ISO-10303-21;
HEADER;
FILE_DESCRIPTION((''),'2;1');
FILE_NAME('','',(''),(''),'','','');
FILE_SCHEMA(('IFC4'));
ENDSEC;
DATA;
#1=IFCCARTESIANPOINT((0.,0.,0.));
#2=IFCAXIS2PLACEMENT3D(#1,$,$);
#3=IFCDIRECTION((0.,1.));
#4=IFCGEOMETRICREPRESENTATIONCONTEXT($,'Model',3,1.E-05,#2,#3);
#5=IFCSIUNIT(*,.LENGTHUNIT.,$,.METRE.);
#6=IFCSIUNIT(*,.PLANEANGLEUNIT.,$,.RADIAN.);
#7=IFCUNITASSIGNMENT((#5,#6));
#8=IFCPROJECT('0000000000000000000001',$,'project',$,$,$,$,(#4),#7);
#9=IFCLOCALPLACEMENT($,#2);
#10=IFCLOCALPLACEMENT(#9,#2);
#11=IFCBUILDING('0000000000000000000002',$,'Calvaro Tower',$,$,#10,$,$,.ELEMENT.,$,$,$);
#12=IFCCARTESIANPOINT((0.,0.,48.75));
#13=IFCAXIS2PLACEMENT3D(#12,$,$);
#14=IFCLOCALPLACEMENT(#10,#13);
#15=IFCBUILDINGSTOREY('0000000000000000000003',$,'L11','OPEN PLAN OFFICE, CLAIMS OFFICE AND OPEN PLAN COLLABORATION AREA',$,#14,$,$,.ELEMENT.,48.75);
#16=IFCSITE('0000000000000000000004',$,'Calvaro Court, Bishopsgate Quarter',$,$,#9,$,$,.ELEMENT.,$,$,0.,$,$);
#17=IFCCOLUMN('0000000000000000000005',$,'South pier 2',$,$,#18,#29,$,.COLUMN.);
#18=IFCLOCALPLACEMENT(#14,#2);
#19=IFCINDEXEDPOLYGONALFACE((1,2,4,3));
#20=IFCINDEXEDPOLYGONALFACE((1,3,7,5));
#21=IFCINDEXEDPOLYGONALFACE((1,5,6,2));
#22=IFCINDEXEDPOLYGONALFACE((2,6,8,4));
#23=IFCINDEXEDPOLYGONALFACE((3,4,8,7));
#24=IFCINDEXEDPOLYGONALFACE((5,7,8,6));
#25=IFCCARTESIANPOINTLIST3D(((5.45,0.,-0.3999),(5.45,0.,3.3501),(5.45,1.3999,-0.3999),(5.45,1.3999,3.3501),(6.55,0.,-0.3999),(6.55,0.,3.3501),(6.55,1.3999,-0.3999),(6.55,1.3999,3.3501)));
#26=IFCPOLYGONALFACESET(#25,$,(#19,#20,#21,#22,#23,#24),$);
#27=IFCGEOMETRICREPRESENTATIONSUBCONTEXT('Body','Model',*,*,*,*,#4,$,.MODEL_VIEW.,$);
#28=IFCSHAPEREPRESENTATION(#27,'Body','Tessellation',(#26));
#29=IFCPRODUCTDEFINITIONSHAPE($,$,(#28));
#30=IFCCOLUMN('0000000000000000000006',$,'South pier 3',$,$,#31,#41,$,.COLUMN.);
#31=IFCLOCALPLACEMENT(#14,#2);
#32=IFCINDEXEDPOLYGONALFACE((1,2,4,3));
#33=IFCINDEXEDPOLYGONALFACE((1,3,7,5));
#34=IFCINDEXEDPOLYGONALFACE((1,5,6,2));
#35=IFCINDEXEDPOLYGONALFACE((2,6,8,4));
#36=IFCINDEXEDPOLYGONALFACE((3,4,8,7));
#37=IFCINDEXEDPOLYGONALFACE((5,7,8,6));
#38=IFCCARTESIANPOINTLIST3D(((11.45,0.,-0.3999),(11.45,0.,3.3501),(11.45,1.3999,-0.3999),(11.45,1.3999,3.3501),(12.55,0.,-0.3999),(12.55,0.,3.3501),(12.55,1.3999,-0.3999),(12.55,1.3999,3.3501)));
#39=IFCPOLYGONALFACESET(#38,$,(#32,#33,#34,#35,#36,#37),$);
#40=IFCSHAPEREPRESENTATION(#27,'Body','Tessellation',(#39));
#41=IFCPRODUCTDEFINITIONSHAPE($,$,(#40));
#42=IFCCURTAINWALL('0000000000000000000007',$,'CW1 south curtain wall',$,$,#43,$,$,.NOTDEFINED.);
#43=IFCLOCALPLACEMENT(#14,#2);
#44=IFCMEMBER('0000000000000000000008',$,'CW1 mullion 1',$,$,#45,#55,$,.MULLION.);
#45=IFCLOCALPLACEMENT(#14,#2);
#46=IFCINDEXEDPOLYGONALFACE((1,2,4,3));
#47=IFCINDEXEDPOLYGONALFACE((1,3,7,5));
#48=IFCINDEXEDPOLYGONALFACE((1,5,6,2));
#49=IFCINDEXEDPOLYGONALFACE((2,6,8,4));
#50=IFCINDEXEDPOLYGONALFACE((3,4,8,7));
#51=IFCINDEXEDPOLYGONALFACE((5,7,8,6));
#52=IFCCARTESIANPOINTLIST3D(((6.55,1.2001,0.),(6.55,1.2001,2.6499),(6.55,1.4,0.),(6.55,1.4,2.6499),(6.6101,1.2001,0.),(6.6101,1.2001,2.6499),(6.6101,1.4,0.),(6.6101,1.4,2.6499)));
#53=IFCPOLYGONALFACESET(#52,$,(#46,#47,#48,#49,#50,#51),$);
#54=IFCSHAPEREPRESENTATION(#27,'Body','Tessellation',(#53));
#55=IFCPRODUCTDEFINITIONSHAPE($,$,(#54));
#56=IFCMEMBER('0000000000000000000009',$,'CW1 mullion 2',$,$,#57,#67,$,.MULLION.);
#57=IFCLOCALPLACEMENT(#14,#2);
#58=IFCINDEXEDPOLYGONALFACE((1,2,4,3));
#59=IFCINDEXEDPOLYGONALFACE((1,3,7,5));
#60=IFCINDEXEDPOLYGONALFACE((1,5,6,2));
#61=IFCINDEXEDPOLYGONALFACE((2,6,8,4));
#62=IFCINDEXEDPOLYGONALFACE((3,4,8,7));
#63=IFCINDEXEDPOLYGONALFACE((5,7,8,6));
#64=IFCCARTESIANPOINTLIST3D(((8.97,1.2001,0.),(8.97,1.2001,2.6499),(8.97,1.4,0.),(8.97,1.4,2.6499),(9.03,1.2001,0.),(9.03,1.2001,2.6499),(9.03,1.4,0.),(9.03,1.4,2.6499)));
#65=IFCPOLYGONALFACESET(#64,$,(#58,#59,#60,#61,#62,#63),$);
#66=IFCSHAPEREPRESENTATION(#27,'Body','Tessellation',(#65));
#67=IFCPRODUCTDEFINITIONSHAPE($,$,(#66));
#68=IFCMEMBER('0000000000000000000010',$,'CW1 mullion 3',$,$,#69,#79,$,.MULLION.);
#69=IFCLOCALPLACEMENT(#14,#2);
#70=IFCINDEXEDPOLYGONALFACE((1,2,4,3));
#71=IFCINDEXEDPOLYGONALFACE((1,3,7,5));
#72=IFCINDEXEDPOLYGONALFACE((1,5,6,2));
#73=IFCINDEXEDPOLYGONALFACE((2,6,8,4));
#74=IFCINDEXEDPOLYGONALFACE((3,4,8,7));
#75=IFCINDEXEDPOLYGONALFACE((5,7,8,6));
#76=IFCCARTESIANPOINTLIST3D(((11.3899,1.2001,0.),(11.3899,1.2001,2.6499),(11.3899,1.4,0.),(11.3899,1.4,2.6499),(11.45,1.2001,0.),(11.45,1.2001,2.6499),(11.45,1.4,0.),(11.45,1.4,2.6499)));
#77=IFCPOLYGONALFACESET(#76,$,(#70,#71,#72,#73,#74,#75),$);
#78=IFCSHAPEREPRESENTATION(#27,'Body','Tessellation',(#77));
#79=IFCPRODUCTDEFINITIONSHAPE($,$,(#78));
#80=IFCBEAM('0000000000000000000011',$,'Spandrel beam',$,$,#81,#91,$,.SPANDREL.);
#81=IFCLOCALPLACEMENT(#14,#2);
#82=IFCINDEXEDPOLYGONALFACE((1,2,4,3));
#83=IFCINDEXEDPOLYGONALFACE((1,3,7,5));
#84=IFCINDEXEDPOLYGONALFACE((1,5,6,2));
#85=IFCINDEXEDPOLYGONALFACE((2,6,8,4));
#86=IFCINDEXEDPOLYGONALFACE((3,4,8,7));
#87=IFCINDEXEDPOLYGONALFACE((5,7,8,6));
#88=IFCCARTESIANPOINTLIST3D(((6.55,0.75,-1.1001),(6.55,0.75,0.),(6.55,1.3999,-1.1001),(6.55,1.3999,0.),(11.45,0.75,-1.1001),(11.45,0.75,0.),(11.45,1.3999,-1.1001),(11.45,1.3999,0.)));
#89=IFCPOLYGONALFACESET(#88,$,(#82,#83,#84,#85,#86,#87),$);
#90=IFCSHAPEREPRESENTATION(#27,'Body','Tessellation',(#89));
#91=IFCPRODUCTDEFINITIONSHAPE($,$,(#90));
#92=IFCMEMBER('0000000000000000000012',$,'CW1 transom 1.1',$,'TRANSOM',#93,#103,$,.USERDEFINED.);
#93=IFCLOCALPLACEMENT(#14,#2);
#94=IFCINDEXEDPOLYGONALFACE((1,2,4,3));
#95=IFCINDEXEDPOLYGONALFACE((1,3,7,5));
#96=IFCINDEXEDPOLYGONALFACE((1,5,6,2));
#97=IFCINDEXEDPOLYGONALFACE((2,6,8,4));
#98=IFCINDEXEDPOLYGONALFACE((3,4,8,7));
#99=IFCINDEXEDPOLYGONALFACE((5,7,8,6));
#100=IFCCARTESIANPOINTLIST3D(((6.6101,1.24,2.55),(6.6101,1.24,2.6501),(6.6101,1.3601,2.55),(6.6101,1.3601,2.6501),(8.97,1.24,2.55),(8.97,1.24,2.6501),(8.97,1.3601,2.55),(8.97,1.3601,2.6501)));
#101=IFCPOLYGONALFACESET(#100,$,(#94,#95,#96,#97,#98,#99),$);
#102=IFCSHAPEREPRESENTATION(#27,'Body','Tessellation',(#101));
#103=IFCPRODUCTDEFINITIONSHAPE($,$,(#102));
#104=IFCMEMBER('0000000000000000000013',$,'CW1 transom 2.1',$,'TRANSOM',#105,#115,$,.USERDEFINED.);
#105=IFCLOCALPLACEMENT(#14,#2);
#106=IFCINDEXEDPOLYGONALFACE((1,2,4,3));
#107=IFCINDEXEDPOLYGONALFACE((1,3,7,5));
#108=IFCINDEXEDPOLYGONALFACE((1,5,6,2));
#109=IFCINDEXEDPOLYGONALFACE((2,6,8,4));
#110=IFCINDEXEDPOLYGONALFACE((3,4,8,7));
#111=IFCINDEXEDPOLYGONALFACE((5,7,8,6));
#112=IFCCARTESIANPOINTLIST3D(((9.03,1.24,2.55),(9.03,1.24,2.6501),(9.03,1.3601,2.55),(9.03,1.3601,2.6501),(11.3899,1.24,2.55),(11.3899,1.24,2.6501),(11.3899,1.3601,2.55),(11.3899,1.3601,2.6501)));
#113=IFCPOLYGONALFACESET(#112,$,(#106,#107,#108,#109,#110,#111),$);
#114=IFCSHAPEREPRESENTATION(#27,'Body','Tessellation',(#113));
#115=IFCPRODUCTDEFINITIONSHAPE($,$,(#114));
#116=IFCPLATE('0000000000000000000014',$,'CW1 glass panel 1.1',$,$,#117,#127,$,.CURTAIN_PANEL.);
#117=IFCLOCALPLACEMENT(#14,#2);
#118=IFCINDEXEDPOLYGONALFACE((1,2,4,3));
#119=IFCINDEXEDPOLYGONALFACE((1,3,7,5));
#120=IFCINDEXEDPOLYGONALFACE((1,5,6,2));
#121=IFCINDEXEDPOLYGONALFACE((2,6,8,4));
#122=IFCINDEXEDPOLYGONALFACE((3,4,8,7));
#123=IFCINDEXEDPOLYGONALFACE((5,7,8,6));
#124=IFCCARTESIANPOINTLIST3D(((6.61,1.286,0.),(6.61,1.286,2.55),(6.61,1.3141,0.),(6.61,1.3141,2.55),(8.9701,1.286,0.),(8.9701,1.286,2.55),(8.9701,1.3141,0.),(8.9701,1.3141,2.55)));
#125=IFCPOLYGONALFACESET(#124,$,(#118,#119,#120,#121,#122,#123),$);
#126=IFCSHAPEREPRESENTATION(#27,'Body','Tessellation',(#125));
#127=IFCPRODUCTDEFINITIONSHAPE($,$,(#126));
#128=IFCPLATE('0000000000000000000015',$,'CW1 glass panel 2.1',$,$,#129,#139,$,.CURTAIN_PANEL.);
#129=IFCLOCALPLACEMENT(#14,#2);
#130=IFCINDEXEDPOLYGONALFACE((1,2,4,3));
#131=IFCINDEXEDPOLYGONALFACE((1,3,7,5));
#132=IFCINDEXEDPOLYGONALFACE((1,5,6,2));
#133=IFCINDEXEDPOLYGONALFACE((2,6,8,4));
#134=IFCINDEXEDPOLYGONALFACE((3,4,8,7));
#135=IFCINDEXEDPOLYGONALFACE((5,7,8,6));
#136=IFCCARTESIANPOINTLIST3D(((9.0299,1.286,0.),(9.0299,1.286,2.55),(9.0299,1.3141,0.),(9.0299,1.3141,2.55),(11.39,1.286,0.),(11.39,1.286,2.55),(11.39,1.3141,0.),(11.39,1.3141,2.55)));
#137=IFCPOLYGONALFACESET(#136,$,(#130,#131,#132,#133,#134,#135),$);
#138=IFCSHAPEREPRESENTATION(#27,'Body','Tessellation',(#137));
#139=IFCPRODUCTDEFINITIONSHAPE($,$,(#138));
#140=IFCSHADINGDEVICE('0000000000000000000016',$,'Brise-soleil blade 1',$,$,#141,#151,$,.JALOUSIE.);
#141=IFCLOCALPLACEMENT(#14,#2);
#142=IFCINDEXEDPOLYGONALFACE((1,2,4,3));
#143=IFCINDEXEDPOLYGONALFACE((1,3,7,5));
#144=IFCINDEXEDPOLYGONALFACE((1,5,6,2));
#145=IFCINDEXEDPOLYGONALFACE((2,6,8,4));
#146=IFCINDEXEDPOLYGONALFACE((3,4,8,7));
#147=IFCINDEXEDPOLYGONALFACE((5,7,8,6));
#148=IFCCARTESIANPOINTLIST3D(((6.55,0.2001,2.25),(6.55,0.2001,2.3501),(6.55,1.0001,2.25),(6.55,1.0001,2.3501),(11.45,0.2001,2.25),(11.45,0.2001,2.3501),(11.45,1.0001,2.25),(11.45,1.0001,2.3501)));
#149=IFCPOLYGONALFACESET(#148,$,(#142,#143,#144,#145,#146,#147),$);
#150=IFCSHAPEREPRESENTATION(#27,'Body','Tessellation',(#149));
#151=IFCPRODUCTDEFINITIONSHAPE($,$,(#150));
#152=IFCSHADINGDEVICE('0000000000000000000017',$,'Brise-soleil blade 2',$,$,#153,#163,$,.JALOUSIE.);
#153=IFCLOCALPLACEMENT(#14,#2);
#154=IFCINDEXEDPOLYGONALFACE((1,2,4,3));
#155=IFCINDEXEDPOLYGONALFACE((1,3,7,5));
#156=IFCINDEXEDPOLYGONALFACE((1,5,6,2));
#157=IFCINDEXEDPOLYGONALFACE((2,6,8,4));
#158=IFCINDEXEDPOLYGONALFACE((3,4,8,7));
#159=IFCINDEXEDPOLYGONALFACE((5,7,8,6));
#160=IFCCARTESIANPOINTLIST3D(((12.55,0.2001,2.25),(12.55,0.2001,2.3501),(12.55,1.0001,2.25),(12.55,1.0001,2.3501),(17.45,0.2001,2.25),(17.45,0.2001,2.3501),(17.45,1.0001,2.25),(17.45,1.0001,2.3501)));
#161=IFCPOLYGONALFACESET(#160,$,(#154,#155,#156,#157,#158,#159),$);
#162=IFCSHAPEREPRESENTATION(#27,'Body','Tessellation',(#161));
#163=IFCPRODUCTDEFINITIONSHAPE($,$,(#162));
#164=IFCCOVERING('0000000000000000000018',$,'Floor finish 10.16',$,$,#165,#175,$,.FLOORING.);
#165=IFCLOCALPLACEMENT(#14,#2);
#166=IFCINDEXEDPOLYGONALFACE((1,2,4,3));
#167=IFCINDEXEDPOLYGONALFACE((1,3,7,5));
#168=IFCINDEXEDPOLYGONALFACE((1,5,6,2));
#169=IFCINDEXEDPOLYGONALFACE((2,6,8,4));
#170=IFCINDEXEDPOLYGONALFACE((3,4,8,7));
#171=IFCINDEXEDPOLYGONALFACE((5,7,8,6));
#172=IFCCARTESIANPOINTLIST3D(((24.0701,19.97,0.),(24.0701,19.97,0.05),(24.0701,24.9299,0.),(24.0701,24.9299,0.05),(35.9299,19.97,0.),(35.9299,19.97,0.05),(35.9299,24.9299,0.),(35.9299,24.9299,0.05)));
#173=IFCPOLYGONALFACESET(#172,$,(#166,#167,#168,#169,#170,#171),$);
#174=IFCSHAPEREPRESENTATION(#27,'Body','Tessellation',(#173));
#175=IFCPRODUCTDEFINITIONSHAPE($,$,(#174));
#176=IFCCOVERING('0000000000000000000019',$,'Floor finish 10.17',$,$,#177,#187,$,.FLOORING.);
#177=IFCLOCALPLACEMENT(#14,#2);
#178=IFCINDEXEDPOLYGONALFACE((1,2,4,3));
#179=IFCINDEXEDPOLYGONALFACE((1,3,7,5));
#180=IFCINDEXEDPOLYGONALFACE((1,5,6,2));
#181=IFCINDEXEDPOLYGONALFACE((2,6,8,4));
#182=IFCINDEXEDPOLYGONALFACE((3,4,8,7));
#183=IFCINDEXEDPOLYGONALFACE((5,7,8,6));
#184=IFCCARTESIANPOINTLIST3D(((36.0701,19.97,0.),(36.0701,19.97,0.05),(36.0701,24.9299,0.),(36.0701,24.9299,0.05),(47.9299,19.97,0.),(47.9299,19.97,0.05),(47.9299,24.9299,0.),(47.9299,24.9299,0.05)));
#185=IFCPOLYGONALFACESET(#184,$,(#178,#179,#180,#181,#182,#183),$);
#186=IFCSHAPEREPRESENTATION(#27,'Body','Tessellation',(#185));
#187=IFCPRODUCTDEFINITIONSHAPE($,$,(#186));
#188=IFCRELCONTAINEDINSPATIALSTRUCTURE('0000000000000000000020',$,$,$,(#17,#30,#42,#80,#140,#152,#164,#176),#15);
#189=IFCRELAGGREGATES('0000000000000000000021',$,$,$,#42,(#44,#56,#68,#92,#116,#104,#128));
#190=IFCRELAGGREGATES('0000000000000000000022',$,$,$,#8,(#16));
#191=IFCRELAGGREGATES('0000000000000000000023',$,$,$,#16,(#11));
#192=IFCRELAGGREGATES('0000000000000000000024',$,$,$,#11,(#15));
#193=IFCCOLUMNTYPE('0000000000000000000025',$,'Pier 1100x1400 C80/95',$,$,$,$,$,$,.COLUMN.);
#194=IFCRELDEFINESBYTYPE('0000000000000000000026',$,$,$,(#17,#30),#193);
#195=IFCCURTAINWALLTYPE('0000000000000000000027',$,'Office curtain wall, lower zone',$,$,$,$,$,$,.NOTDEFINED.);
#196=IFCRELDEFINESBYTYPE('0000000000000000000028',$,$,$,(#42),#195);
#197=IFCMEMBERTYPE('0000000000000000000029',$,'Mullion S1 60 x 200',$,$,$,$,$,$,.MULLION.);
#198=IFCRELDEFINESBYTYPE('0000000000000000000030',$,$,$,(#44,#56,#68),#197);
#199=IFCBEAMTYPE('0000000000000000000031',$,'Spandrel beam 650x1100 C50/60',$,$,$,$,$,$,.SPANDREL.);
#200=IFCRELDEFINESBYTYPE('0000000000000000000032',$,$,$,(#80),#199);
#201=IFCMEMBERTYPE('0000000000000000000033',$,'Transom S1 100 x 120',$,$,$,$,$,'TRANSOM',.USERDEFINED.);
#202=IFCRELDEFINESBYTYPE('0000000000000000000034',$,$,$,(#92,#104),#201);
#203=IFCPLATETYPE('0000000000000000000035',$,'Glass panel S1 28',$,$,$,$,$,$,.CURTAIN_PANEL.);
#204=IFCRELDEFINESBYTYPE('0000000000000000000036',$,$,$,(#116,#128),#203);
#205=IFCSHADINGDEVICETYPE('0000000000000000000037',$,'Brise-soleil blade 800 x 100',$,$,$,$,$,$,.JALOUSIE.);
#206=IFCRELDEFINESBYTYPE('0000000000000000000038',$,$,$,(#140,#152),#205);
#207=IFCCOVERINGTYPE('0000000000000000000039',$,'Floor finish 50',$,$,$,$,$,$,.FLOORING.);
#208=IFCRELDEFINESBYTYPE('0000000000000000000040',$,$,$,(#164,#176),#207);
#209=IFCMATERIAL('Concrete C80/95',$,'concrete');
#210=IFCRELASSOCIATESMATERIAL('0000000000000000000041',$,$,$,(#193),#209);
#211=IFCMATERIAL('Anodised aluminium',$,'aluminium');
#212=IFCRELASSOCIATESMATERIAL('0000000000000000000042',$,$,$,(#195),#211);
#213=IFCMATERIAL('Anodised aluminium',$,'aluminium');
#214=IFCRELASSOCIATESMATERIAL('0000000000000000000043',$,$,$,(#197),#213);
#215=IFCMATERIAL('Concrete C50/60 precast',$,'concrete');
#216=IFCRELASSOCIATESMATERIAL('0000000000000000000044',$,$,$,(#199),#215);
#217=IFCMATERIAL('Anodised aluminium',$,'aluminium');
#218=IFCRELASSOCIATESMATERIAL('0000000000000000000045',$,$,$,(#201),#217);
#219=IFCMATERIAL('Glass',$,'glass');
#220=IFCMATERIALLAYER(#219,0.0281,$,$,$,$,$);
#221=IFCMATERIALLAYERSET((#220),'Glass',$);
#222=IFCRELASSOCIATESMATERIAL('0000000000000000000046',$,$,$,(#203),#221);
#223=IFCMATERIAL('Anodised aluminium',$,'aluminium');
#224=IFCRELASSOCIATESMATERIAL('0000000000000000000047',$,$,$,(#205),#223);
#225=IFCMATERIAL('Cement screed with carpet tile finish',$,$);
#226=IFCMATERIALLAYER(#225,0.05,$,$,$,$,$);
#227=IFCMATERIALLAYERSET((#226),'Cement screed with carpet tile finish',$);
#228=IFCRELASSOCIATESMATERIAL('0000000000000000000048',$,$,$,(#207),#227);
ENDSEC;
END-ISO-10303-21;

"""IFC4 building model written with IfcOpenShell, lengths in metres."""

from ifc_helpers import new_model, si_unit, direction, frame, origin, origin_2d, place, context, subcontext, project, spatial, polyline, rectangle, outline, extrude, material, layer, layer_set, material_profile, profile_set, type_object, element, aggregate, save


model = new_model("IFC4")

# Units and contexts
model_context = context("Model", 3, precision=1e-05, world=origin(), true_north=direction((0.0, 1.0)))
body_context = subcontext(model_context, "Body", "Model", "MODEL_VIEW")
ifc_project = project(units=[si_unit("LENGTHUNIT", "METRE"), si_unit("PLANEANGLEUNIT", "RADIAN")], contexts=[model_context])

# Site, building, storey
site_placement = place(None, origin())
site = spatial("IfcSite", under=ifc_project, at=site_placement, Name="Calvaro Court, Bishopsgate Quarter", CompositionType="ELEMENT", RefElevation=0.0)
building_placement = place(site_placement, origin())
building = spatial("IfcBuilding", under=site, at=building_placement, Name="Calvaro Tower", CompositionType="ELEMENT")
storey_placement = place(building_placement, frame((0.0, 0.0, 48.75)))
storey = spatial("IfcBuildingStorey", under=building, at=storey_placement, Name="L11", Description="OPEN PLAN OFFICE, CLAIMS OFFICE AND OPEN PLAN COLLABORATION AREA", CompositionType="ELEMENT", Elevation=48.75)

# Columns
ifc_material_1 = material(Name="Concrete C80/95", Category="concrete")
ifc_material_profile_1 = material_profile(ifc_material_1, rectangle(XDim=1.1001, YDim=1.3999, at=origin_2d()), Name="RC 1100x1400")
ifc_profile_set_1 = profile_set([ifc_material_profile_1], Name="Concrete C80/95")
column_type = type_object("IfcColumnType", Name="Pier 1100x1400 C80/95", PredefinedType="COLUMN", material=ifc_profile_set_1)
for number, where, z_axis, x_axis, name in (
    (1, (6.0, 0.7, -0.3999), (0.0, 0.0, 1.0), (1.0, 0.0, 0.0), "South pier 2"),
    (2, (12.0, 0.7, -0.3999), (0.0, 0.0, 1.0), (1.0, 0.0, 0.0), "South pier 3"),
):
    element("IfcColumn", number, at=place(storey_placement, frame(where, z_axis=z_axis, x_axis=x_axis)), inside=storey, type_object=column_type, Name=name, PredefinedType="COLUMN", context=body_context, shape_type="SweptSolid", body=[
        extrude(rectangle(XDim=1.1001, YDim=1.3999, at=origin_2d()), origin(), (0.0, 0.0, 1.0), 3.75),
    ])

# Curtain wall, members
ifc_material_2 = material(Name="Anodised aluminium", Category="aluminium")
curtain_wall_type = type_object("IfcCurtainWallType", Name="Office curtain wall, lower zone", PredefinedType="NOTDEFINED", material=ifc_material_2)
curtain_wall_placement = place(storey_placement, origin())
curtain_wall = element("IfcCurtainWall", 3, at=curtain_wall_placement, inside=storey, type_object=curtain_wall_type, Name="CW1 south curtain wall", PredefinedType="NOTDEFINED")
ifc_material_3 = material(Name="Anodised aluminium", Category="aluminium")
ifc_material_profile_2 = material_profile(ifc_material_3, rectangle(XDim=0.2, YDim=0.0601, at=origin_2d()), Name="Mullion S1 60 x 200")
ifc_profile_set_2 = profile_set([ifc_material_profile_2], Name="Anodised aluminium")
member_type_1 = type_object("IfcMemberType", Name="Mullion S1 60 x 200", PredefinedType="MULLION", material=ifc_profile_set_2)
member_1_placement = place(storey_placement, frame((6.5801, 1.3, 0.0), z_axis=(0.0, 0.0, 1.0), x_axis=(0.0, 1.0, 0.0)))
member_1 = element("IfcMember", 4, at=member_1_placement, type_object=member_type_1, Name="CW1 mullion 1", PredefinedType="MULLION", context=body_context, shape_type="SweptSolid", body=[
    extrude(rectangle(XDim=0.2, YDim=0.0601, at=origin_2d()), origin(), (0.0, 0.0, 1.0), 2.6499),
])
member_2_placement = place(storey_placement, frame((9.0, 1.3, 0.0), z_axis=(0.0, 0.0, 1.0), x_axis=(0.0, 1.0, 0.0)))
member_2 = element("IfcMember", 5, at=member_2_placement, type_object=member_type_1, Name="CW1 mullion 2", PredefinedType="MULLION", context=body_context, shape_type="SweptSolid", body=[
    extrude(rectangle(XDim=0.2, YDim=0.0601, at=origin_2d()), origin(), (0.0, 0.0, 1.0), 2.6499),
])
member_3_placement = place(storey_placement, frame((11.4199, 1.3, 0.0), z_axis=(0.0, 0.0, 1.0), x_axis=(0.0, 1.0, 0.0)))
member_3 = element("IfcMember", 6, at=member_3_placement, type_object=member_type_1, Name="CW1 mullion 3", PredefinedType="MULLION", context=body_context, shape_type="SweptSolid", body=[
    extrude(rectangle(XDim=0.2, YDim=0.0601, at=origin_2d()), origin(), (0.0, 0.0, 1.0), 2.6499),
])

# Beam
ifc_material_4 = material(Name="Concrete C50/60 precast", Category="concrete")
ifc_material_profile_3 = material_profile(ifc_material_4, rectangle(XDim=0.6499, YDim=1.1001, at=origin_2d()), Name="RC 650x1100")
ifc_profile_set_3 = profile_set([ifc_material_profile_3], Name="Concrete C50/60 precast")
beam_type = type_object("IfcBeamType", Name="Spandrel beam 650x1100 C50/60", PredefinedType="SPANDREL", material=ifc_profile_set_3)
beam_placement = place(storey_placement, frame((6.55, 1.075, -0.55), z_axis=(1.0, 0.0, 0.0), x_axis=(0.0, 1.0, 0.0)))
element("IfcBeam", 7, at=beam_placement, inside=storey, type_object=beam_type, Name="Spandrel beam", PredefinedType="SPANDREL", context=body_context, shape_type="SweptSolid", body=[
    extrude(rectangle(XDim=0.6499, YDim=1.1001, at=origin_2d()), origin(), (0.0, 0.0, 1.0), 4.8999),
])

# Members
ifc_material_5 = material(Name="Anodised aluminium", Category="aluminium")
ifc_material_profile_4 = material_profile(ifc_material_5, rectangle(XDim=0.1201, YDim=0.1001, at=origin_2d()), Name="Transom S1 100 x 120")
ifc_profile_set_4 = profile_set([ifc_material_profile_4], Name="Anodised aluminium")
member_type_2 = type_object("IfcMemberType", Name="Transom S1 100 x 120", ElementType="TRANSOM", PredefinedType="USERDEFINED", material=ifc_profile_set_4)
member_4_placement = place(storey_placement, frame((6.6101, 1.3, 2.6001), z_axis=(1.0, 0.0, 0.0), x_axis=(0.0, 1.0, 0.0)))
member_4 = element("IfcMember", 8, at=member_4_placement, type_object=member_type_2, Name="CW1 transom 1.1", ObjectType="TRANSOM", PredefinedType="USERDEFINED", context=body_context, shape_type="SweptSolid", body=[
    extrude(rectangle(XDim=0.1201, YDim=0.1001, at=origin_2d()), origin(), (0.0, 0.0, 1.0), 2.3599),
])
member_5_placement = place(storey_placement, frame((9.03, 1.3, 2.6001), z_axis=(1.0, 0.0, 0.0), x_axis=(0.0, 1.0, 0.0)))
member_5 = element("IfcMember", 9, at=member_5_placement, type_object=member_type_2, Name="CW1 transom 2.1", ObjectType="TRANSOM", PredefinedType="USERDEFINED", context=body_context, shape_type="SweptSolid", body=[
    extrude(rectangle(XDim=0.1201, YDim=0.1001, at=origin_2d()), origin(), (0.0, 0.0, 1.0), 2.3599),
])

# Plates
ifc_material_6 = material(Name="Glass", Category="glass")
ifc_layer_1 = layer(ifc_material_6, 0.0281)
ifc_layer_set_1 = layer_set([ifc_layer_1], Name="Glass")
plate_type = type_object("IfcPlateType", Name="Glass panel S1 28", PredefinedType="CURTAIN_PANEL", material=ifc_layer_set_1)
plate_1_placement = place(storey_placement, frame((7.79, 1.3, 0.0), z_axis=(0.0, 0.0, 1.0), x_axis=(1.0, 0.0, 0.0)))
plate_1 = element("IfcPlate", 10, at=plate_1_placement, type_object=plate_type, Name="CW1 glass panel 1.1", PredefinedType="CURTAIN_PANEL", context=body_context, shape_type="SweptSolid", body=[
    extrude(rectangle(XDim=2.3601, YDim=0.0281, at=origin_2d()), origin(), (0.0, 0.0, 1.0), 2.55),
])
plate_2_placement = place(storey_placement, frame((10.21, 1.3, 0.0), z_axis=(0.0, 0.0, 1.0), x_axis=(1.0, 0.0, 0.0)))
plate_2 = element("IfcPlate", 11, at=plate_2_placement, type_object=plate_type, Name="CW1 glass panel 2.1", PredefinedType="CURTAIN_PANEL", context=body_context, shape_type="SweptSolid", body=[
    extrude(rectangle(XDim=2.3601, YDim=0.0281, at=origin_2d()), origin(), (0.0, 0.0, 1.0), 2.55),
])
aggregate(curtain_wall, [member_1, member_2, member_3, member_4, plate_1, member_5, plate_2])

# Shading devices
ifc_material_7 = material(Name="Anodised aluminium", Category="aluminium")
ifc_material_profile_5 = material_profile(ifc_material_7, rectangle(XDim=0.8, YDim=0.1001, at=origin_2d()), Name="Brise-soleil blade 800 x 100")
ifc_profile_set_5 = profile_set([ifc_material_profile_5], Name="Anodised aluminium")
shading_device_type = type_object("IfcShadingDeviceType", Name="Brise-soleil blade 800 x 100", PredefinedType="JALOUSIE", material=ifc_profile_set_5)
for number, where, z_axis, x_axis, name in (
    (12, (6.55, 0.6001, 2.3), (1.0, 0.0, 0.0), (0.0, 1.0, 0.0), "Brise-soleil blade 1"),
    (13, (12.55, 0.6001, 2.3), (1.0, 0.0, 0.0), (0.0, 1.0, 0.0), "Brise-soleil blade 2"),
):
    element("IfcShadingDevice", number, at=place(storey_placement, frame(where, z_axis=z_axis, x_axis=x_axis)), inside=storey, type_object=shading_device_type, Name=name, PredefinedType="JALOUSIE", context=body_context, shape_type="SweptSolid", body=[
        extrude(rectangle(XDim=0.8, YDim=0.1001, at=origin_2d()), origin(), (0.0, 0.0, 1.0), 4.8999),
    ])

# Coverings
ifc_material_8 = material(Name="Cement screed with carpet tile finish")
ifc_layer_2 = layer(ifc_material_8, 0.05)
ifc_layer_set_2 = layer_set([ifc_layer_2], Name="Cement screed with carpet tile finish")
covering_type = type_object("IfcCoveringType", Name="Floor finish 50", PredefinedType="FLOORING", material=ifc_layer_set_2)
covering_1_placement = place(storey_placement, origin())
element("IfcCovering", 14, at=covering_1_placement, inside=storey, type_object=covering_type, Name="Floor finish 10.16", PredefinedType="FLOORING", context=body_context, shape_type="SweptSolid", body=[
    extrude(outline(polyline([(24.0701, 19.97), (24.0701, 24.9299), (35.9299, 24.9299), (35.9299, 19.97), (24.0701, 19.97)])), origin(), (0.0, 0.0, 1.0), 0.05),
])
covering_2_placement = place(storey_placement, origin())
element("IfcCovering", 15, at=covering_2_placement, inside=storey, type_object=covering_type, Name="Floor finish 10.17", PredefinedType="FLOORING", context=body_context, shape_type="SweptSolid", body=[
    extrude(outline(polyline([(36.0701, 19.97), (36.0701, 24.9299), (47.9299, 24.9299), (47.9299, 19.97), (36.0701, 19.97)])), origin(), (0.0, 0.0, 1.0), 0.05),
])

save(model, "model.ifc")
